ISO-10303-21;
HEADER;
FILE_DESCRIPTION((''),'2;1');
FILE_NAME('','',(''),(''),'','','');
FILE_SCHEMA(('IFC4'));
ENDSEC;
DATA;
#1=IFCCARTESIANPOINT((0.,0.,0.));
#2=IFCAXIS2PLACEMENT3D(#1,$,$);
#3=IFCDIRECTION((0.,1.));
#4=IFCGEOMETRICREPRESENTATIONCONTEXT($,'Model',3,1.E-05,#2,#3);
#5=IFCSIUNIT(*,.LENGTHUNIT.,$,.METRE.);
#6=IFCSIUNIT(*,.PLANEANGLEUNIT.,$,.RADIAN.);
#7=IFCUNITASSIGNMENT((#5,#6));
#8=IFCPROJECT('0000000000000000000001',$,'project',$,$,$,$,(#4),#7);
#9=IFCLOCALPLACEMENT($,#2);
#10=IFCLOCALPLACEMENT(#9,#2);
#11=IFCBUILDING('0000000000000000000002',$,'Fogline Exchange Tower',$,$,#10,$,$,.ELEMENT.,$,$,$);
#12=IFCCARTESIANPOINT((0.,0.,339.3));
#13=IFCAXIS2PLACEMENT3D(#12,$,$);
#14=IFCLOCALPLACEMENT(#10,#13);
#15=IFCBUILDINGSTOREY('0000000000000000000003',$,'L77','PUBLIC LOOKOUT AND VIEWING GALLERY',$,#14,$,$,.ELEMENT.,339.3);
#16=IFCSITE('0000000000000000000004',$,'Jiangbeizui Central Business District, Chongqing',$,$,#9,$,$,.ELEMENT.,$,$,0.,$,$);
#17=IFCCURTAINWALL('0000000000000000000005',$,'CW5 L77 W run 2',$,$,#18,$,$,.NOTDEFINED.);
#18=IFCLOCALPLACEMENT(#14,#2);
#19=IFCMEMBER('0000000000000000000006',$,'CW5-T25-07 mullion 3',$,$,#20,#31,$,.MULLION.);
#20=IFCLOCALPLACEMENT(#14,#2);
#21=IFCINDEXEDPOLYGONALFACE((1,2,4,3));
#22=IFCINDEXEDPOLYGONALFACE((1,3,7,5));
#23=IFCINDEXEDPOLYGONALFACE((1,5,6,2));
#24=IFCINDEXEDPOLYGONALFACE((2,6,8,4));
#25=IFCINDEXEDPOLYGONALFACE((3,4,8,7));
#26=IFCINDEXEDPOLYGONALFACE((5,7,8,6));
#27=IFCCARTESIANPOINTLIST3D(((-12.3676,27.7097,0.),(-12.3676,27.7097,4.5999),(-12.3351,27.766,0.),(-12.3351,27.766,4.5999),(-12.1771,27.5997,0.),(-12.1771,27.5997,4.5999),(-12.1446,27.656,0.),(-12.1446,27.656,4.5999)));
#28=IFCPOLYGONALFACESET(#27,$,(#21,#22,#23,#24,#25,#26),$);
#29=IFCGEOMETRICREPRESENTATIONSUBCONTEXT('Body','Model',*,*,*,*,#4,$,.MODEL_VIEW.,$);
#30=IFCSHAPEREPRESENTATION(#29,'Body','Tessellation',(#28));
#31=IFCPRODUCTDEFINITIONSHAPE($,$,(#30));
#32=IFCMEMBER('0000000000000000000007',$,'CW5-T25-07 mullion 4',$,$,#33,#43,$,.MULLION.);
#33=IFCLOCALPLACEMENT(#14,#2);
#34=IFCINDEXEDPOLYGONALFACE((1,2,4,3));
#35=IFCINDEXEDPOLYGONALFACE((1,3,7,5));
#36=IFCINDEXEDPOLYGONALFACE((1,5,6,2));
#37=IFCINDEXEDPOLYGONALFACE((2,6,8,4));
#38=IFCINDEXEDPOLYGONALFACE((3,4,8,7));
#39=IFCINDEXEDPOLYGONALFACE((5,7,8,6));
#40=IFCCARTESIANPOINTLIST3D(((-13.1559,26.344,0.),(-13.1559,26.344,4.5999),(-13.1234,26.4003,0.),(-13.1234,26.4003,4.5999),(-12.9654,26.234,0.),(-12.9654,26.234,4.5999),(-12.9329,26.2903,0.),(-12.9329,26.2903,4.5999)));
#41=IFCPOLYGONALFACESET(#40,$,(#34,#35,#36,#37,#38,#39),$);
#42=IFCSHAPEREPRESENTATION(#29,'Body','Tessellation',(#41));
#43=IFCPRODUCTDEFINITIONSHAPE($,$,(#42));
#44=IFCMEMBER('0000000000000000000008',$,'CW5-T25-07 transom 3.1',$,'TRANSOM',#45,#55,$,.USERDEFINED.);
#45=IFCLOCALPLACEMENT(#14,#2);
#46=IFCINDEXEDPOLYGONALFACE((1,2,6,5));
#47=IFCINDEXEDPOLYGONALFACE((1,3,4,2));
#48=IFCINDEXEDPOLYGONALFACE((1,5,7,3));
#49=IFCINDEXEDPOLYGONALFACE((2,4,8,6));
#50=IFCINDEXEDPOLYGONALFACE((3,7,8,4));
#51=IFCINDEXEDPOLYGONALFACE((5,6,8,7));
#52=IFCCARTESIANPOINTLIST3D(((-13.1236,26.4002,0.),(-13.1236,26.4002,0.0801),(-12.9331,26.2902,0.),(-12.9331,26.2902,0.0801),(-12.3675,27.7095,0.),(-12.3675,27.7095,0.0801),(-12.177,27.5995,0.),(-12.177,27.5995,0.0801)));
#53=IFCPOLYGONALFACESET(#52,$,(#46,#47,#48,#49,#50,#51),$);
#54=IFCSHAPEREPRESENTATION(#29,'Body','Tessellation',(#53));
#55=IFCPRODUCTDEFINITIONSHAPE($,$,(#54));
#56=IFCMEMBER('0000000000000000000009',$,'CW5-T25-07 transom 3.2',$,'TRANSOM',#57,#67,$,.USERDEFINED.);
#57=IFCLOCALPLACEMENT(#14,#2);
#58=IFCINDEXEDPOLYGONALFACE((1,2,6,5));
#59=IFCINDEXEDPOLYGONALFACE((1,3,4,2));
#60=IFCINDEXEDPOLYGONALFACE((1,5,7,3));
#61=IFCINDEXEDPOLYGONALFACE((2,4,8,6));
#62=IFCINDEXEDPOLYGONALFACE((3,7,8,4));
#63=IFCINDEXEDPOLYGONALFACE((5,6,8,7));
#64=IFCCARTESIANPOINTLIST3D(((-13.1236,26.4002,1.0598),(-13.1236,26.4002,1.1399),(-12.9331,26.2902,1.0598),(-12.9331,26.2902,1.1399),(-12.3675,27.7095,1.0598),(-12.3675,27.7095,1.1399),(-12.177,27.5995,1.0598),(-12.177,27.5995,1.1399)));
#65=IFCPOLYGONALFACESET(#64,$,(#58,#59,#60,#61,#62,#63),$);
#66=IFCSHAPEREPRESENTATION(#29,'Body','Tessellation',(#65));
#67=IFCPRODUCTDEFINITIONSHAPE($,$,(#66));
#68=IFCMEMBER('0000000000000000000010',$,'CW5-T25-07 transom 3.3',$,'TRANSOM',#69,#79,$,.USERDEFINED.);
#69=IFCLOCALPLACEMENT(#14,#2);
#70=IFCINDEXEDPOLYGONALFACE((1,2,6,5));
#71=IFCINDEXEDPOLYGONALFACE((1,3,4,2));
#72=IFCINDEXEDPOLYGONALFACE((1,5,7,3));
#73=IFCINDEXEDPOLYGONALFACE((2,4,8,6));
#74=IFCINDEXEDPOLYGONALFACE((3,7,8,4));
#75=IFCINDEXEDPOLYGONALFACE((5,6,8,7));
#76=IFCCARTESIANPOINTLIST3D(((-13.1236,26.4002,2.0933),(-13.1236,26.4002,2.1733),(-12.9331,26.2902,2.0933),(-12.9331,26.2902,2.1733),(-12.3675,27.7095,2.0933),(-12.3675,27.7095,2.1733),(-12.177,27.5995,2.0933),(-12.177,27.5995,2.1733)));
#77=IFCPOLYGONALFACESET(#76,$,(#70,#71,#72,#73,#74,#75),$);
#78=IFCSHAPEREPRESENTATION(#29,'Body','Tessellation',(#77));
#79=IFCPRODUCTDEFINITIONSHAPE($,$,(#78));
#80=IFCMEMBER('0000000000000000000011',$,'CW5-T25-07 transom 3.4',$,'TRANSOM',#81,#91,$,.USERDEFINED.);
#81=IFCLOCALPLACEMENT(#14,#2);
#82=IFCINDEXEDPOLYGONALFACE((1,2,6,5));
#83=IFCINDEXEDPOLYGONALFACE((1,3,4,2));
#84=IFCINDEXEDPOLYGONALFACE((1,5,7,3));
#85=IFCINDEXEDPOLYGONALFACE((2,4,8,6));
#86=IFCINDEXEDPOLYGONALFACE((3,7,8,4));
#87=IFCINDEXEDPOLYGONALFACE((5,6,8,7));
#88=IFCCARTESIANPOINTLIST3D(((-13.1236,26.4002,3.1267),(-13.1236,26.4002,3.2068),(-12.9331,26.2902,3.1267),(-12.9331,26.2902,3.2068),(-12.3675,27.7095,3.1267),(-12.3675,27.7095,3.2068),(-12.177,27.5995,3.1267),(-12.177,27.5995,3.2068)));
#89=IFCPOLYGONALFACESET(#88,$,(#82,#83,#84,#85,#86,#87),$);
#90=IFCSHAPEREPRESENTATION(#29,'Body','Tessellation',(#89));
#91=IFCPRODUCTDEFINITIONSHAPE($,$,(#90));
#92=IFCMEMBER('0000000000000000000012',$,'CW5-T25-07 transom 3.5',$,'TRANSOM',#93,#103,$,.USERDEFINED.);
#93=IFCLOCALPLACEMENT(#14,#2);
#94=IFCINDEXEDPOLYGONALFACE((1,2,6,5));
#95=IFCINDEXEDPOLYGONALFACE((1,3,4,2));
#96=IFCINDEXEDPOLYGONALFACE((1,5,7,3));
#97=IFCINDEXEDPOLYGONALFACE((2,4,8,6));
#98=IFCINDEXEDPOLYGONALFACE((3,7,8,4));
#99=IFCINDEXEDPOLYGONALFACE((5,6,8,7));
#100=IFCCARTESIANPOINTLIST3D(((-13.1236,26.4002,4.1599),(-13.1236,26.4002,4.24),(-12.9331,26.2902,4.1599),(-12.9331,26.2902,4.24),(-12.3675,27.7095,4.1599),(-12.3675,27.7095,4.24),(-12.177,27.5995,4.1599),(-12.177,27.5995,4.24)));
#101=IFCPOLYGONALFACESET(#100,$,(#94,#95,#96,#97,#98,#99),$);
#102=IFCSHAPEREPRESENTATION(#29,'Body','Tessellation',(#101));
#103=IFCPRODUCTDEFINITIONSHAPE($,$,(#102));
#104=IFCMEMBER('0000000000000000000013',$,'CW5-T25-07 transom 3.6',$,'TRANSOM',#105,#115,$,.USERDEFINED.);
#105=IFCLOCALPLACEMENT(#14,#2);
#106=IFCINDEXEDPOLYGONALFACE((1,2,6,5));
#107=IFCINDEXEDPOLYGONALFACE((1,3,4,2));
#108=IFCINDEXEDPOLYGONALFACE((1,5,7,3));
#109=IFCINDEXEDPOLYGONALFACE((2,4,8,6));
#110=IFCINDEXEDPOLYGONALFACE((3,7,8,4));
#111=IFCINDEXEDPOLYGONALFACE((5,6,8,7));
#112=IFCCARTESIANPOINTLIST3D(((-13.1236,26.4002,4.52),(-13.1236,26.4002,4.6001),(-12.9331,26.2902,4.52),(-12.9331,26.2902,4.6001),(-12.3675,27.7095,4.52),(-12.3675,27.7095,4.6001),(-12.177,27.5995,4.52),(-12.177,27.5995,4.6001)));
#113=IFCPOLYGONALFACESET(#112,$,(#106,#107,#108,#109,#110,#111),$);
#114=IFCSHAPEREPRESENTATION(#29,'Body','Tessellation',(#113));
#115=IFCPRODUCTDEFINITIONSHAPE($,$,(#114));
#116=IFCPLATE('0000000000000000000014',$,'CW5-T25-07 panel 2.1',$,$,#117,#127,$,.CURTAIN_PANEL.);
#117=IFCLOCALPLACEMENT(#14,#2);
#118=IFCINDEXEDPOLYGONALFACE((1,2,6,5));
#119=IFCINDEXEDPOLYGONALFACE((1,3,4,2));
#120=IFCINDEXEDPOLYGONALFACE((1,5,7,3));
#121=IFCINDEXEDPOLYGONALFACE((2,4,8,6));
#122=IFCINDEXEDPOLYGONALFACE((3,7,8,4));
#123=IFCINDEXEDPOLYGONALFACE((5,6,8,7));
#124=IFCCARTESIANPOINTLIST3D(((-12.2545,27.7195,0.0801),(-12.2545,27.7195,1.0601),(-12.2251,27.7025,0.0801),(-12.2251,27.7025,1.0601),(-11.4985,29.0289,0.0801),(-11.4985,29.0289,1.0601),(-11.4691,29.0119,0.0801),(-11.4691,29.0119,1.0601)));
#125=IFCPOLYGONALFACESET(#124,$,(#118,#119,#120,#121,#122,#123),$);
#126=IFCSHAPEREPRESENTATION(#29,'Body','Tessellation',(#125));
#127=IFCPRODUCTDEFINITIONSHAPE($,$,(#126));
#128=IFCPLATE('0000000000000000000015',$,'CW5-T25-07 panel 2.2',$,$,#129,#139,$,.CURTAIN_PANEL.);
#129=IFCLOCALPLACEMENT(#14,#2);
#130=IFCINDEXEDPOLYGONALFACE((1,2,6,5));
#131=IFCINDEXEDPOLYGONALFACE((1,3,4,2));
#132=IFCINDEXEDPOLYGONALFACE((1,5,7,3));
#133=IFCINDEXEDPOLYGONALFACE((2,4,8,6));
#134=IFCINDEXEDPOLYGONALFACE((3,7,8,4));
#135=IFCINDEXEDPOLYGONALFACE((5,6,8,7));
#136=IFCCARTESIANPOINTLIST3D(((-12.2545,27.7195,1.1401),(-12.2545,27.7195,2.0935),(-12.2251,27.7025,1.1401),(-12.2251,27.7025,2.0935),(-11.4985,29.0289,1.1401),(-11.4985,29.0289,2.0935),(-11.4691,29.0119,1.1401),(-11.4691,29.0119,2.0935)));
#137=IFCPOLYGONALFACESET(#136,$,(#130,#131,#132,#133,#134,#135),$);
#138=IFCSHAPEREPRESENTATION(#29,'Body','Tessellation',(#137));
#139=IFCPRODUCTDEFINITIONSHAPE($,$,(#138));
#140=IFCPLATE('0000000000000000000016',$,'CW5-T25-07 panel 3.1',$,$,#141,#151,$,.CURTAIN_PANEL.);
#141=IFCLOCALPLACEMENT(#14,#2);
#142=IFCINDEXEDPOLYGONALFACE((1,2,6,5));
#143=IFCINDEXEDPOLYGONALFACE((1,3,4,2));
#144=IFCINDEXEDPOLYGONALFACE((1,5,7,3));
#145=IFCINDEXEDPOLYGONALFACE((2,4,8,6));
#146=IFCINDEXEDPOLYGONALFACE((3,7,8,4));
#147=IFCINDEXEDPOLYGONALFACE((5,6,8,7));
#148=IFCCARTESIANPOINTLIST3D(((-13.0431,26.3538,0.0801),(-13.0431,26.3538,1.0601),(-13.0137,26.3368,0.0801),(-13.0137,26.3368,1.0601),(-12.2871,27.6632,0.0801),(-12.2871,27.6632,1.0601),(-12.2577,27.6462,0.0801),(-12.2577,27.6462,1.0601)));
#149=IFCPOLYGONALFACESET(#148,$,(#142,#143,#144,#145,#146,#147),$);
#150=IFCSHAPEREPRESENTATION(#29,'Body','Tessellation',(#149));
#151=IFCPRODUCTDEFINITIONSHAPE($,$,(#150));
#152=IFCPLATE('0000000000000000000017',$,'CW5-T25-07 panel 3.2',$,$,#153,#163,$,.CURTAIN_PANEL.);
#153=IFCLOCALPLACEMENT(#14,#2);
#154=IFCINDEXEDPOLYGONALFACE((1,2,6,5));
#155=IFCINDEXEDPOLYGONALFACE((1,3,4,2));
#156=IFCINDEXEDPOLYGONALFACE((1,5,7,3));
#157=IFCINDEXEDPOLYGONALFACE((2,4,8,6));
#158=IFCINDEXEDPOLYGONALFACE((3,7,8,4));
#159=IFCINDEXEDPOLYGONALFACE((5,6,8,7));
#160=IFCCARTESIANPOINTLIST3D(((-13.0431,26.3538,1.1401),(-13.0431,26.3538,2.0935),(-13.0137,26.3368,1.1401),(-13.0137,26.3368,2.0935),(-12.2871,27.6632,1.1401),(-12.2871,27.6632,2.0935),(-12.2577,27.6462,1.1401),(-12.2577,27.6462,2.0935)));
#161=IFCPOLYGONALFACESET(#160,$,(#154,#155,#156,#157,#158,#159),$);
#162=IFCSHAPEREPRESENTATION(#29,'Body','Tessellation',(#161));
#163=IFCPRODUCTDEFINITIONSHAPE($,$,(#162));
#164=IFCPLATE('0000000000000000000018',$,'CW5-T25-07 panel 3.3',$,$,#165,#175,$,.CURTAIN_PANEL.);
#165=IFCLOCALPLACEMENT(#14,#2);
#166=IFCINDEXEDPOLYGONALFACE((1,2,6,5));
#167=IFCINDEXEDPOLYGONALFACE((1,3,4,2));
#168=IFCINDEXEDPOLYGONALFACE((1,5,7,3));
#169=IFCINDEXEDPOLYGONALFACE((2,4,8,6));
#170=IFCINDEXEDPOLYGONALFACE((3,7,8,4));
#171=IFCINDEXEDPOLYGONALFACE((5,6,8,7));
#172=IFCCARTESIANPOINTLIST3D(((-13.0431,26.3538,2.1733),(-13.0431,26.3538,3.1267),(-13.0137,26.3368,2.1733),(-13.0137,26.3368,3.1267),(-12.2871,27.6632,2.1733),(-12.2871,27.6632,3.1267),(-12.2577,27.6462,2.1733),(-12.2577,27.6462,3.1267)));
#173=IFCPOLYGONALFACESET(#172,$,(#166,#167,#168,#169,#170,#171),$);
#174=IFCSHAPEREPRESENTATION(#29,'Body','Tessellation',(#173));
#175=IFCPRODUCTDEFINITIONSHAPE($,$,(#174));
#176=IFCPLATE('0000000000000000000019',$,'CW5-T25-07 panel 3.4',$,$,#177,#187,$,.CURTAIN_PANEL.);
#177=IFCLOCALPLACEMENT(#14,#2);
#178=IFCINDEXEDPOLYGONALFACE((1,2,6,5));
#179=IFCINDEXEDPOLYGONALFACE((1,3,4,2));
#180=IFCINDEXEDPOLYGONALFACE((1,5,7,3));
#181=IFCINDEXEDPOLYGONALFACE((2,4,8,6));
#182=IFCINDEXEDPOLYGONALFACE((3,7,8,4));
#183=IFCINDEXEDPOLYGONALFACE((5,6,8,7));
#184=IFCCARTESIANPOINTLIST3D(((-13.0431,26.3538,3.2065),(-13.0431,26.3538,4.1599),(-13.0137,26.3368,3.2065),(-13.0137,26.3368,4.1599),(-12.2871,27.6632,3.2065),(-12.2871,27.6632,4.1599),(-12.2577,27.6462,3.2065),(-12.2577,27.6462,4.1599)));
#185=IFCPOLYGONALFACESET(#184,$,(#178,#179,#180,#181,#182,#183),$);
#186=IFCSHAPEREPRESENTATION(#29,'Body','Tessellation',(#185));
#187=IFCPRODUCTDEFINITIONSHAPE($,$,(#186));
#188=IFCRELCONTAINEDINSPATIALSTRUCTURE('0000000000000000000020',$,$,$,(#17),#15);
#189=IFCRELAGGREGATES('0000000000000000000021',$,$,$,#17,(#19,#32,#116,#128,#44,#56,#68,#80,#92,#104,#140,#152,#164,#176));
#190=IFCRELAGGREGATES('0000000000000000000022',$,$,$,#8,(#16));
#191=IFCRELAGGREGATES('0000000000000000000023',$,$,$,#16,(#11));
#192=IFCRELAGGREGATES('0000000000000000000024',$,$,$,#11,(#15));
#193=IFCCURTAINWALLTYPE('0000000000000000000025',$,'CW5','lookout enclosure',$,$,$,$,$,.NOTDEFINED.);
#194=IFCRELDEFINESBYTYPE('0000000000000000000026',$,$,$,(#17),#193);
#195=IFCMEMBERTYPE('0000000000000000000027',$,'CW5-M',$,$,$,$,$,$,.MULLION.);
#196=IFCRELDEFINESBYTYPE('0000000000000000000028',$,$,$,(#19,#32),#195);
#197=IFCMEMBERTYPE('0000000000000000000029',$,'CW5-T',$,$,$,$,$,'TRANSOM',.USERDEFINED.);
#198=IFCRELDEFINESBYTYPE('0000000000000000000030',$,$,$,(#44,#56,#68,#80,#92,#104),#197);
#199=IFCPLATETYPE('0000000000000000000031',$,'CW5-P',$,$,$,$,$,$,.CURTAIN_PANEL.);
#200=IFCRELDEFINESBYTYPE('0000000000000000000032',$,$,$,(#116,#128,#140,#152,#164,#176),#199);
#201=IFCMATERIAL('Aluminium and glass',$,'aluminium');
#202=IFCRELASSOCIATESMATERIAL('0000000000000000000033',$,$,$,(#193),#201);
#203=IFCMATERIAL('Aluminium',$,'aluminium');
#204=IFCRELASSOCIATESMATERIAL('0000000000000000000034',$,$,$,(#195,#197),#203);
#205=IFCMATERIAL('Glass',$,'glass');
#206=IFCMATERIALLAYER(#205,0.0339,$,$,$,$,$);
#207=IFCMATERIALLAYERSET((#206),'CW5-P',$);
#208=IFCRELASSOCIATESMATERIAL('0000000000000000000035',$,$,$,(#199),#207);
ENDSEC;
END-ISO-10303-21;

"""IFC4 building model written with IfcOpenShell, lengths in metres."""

from ifc_helpers import new_model, si_unit, direction, frame, origin, origin_2d, place, context, subcontext, project, spatial, rectangle, extrude, material, layer, layer_set, material_profile, profile_set, type_object, element, aggregate, save


model = new_model("IFC4")

# Units and contexts
model_context = context("Model", 3, precision=1e-05, world=origin(), true_north=direction((0.0, 1.0)))
body_context = subcontext(model_context, "Body", "Model", "MODEL_VIEW")
ifc_project = project(units=[si_unit("LENGTHUNIT", "METRE"), si_unit("PLANEANGLEUNIT", "RADIAN")], contexts=[model_context])

# Site, building, storey
site_placement = place(None, origin())
site = spatial("IfcSite", under=ifc_project, at=site_placement, Name="Jiangbeizui Central Business District, Chongqing", CompositionType="ELEMENT", RefElevation=0.0)
building_placement = place(site_placement, origin())
building = spatial("IfcBuilding", under=site, at=building_placement, Name="Fogline Exchange Tower", CompositionType="ELEMENT")
storey_placement = place(building_placement, frame((0.0, 0.0, 339.3)))
storey = spatial("IfcBuildingStorey", under=building, at=storey_placement, Name="L77", Description="PUBLIC LOOKOUT AND VIEWING GALLERY", CompositionType="ELEMENT", Elevation=339.3)

# Curtain wall, members, plates
ifc_material_1 = material(Name="Aluminium and glass", Category="aluminium")
curtain_wall_type = type_object("IfcCurtainWallType", Name="CW5", Description="lookout enclosure", PredefinedType="NOTDEFINED", material=ifc_material_1)
curtain_wall_placement = place(storey_placement, origin())
curtain_wall = element("IfcCurtainWall", 1, at=curtain_wall_placement, inside=storey, type_object=curtain_wall_type, Name="CW5 L77 W run 2", PredefinedType="NOTDEFINED")
ifc_material_2 = material(Name="Aluminium", Category="aluminium")
ifc_material_profile_1 = material_profile(ifc_material_2, rectangle(XDim=0.22, YDim=0.0649, at=origin_2d()), Name="Mullion 65x220")
ifc_profile_set_1 = profile_set([ifc_material_profile_1], Name="Aluminium")
member_type_1 = type_object("IfcMemberType", Name="CW5-M", PredefinedType="MULLION", material=ifc_profile_set_1)
member_1_placement = place(storey_placement, frame((-12.2561, 27.6829, 0.0), z_axis=(0.0, 0.0, 1.0), x_axis=(0.866025, -0.5, 0.0)))
member_1 = element("IfcMember", 2, at=member_1_placement, type_object=member_type_1, Name="CW5-T25-07 mullion 3", PredefinedType="MULLION", context=body_context, shape_type="SweptSolid", body=[
    extrude(rectangle(XDim=0.22, YDim=0.0649, at=origin_2d()), origin(), (0.0, 0.0, 1.0), 4.5999),
])
member_2_placement = place(storey_placement, frame((-13.0444, 26.3171, 0.0), z_axis=(0.0, 0.0, 1.0), x_axis=(0.866025, -0.5, 0.0)))
member_2 = element("IfcMember", 3, at=member_2_placement, type_object=member_type_1, Name="CW5-T25-07 mullion 4", PredefinedType="MULLION", context=body_context, shape_type="SweptSolid", body=[
    extrude(rectangle(XDim=0.22, YDim=0.0649, at=origin_2d()), origin(), (0.0, 0.0, 1.0), 4.5999),
])
ifc_material_profile_2 = material_profile(ifc_material_2, rectangle(XDim=0.22, YDim=0.0801, at=origin_2d()), Name="Transom 80x220")
ifc_profile_set_2 = profile_set([ifc_material_profile_2], Name="Aluminium")
member_type_2 = type_object("IfcMemberType", Name="CW5-T", ElementType="TRANSOM", PredefinedType="USERDEFINED", material=ifc_profile_set_2)
member_3_placement = place(storey_placement, frame((-12.2722, 27.6545, 0.04), z_axis=(-0.500081, -0.865979, 0.0), x_axis=(0.865979, -0.500081, 0.0)))
member_3 = element("IfcMember", 4, at=member_3_placement, type_object=member_type_2, Name="CW5-T25-07 transom 3.1", ObjectType="TRANSOM", PredefinedType="USERDEFINED", context=body_context, shape_type="SweptSolid", body=[
    extrude(rectangle(XDim=0.22, YDim=0.0801, at=origin_2d()), origin(), (0.0, 0.0, 1.0), 1.512),
])
member_4_placement = place(storey_placement, frame((-12.2722, 27.6545, 1.0999), z_axis=(-0.500081, -0.865979, 0.0), x_axis=(0.865979, -0.500081, 0.0)))
member_4 = element("IfcMember", 5, at=member_4_placement, type_object=member_type_2, Name="CW5-T25-07 transom 3.2", ObjectType="TRANSOM", PredefinedType="USERDEFINED", context=body_context, shape_type="SweptSolid", body=[
    extrude(rectangle(XDim=0.22, YDim=0.0801, at=origin_2d()), origin(), (0.0, 0.0, 1.0), 1.512),
])
member_5_placement = place(storey_placement, frame((-12.2722, 27.6545, 2.1333), z_axis=(-0.500081, -0.865979, 0.0), x_axis=(0.865979, -0.500081, 0.0)))
member_5 = element("IfcMember", 6, at=member_5_placement, type_object=member_type_2, Name="CW5-T25-07 transom 3.3", ObjectType="TRANSOM", PredefinedType="USERDEFINED", context=body_context, shape_type="SweptSolid", body=[
    extrude(rectangle(XDim=0.22, YDim=0.0801, at=origin_2d()), origin(), (0.0, 0.0, 1.0), 1.512),
])
member_6_placement = place(storey_placement, frame((-12.2722, 27.6545, 3.1667), z_axis=(-0.500081, -0.865979, 0.0), x_axis=(0.865979, -0.500081, 0.0)))
member_6 = element("IfcMember", 7, at=member_6_placement, type_object=member_type_2, Name="CW5-T25-07 transom 3.4", ObjectType="TRANSOM", PredefinedType="USERDEFINED", context=body_context, shape_type="SweptSolid", body=[
    extrude(rectangle(XDim=0.22, YDim=0.0801, at=origin_2d()), origin(), (0.0, 0.0, 1.0), 1.512),
])
member_7_placement = place(storey_placement, frame((-12.2722, 27.6545, 4.2), z_axis=(-0.500081, -0.865979, 0.0), x_axis=(0.865979, -0.500081, 0.0)))
member_7 = element("IfcMember", 8, at=member_7_placement, type_object=member_type_2, Name="CW5-T25-07 transom 3.5", ObjectType="TRANSOM", PredefinedType="USERDEFINED", context=body_context, shape_type="SweptSolid", body=[
    extrude(rectangle(XDim=0.22, YDim=0.0801, at=origin_2d()), origin(), (0.0, 0.0, 1.0), 1.512),
])
member_8_placement = place(storey_placement, frame((-12.2722, 27.6545, 4.5601), z_axis=(-0.500081, -0.865979, 0.0), x_axis=(0.865979, -0.500081, 0.0)))
member_8 = element("IfcMember", 9, at=member_8_placement, type_object=member_type_2, Name="CW5-T25-07 transom 3.6", ObjectType="TRANSOM", PredefinedType="USERDEFINED", context=body_context, shape_type="SweptSolid", body=[
    extrude(rectangle(XDim=0.22, YDim=0.0801, at=origin_2d()), origin(), (0.0, 0.0, 1.0), 1.512),
])
ifc_material_3 = material(Name="Glass", Category="glass")
ifc_layer_1 = layer(ifc_material_3, 0.0339)
ifc_layer_set_1 = layer_set([ifc_layer_1], Name="CW5-P")
plate_type = type_object("IfcPlateType", Name="CW5-P", PredefinedType="CURTAIN_PANEL", material=ifc_layer_set_1)
plate_1_placement = place(storey_placement, frame((-11.8618, 28.3657, 0.0801), z_axis=(0.0, 0.0, 1.0), x_axis=(-0.5, -0.866025, 0.0)))
plate_1 = element("IfcPlate", 10, at=plate_1_placement, type_object=plate_type, Name="CW5-T25-07 panel 2.1", PredefinedType="CURTAIN_PANEL", context=body_context, shape_type="SweptSolid", body=[
    extrude(rectangle(XDim=1.512, YDim=0.0339, at=origin_2d()), origin(), (0.0, 0.0, 1.0), 0.98),
])
plate_2_placement = place(storey_placement, frame((-11.8618, 28.3657, 1.1401), z_axis=(0.0, 0.0, 1.0), x_axis=(-0.5, -0.866025, 0.0)))
plate_2 = element("IfcPlate", 11, at=plate_2_placement, type_object=plate_type, Name="CW5-T25-07 panel 2.2", PredefinedType="CURTAIN_PANEL", context=body_context, shape_type="SweptSolid", body=[
    extrude(rectangle(XDim=1.512, YDim=0.0339, at=origin_2d()), origin(), (0.0, 0.0, 1.0), 0.9534),
])
plate_3_placement = place(storey_placement, frame((-12.6504, 27.0, 0.0801), z_axis=(0.0, 0.0, 1.0), x_axis=(-0.5, -0.866025, 0.0)))
plate_3 = element("IfcPlate", 12, at=plate_3_placement, type_object=plate_type, Name="CW5-T25-07 panel 3.1", PredefinedType="CURTAIN_PANEL", context=body_context, shape_type="SweptSolid", body=[
    extrude(rectangle(XDim=1.512, YDim=0.0339, at=origin_2d()), origin(), (0.0, 0.0, 1.0), 0.98),
])
plate_4_placement = place(storey_placement, frame((-12.6504, 27.0, 1.1401), z_axis=(0.0, 0.0, 1.0), x_axis=(-0.5, -0.866025, 0.0)))
plate_4 = element("IfcPlate", 13, at=plate_4_placement, type_object=plate_type, Name="CW5-T25-07 panel 3.2", PredefinedType="CURTAIN_PANEL", context=body_context, shape_type="SweptSolid", body=[
    extrude(rectangle(XDim=1.512, YDim=0.0339, at=origin_2d()), origin(), (0.0, 0.0, 1.0), 0.9534),
])
plate_5_placement = place(storey_placement, frame((-12.6504, 27.0, 2.1733), z_axis=(0.0, 0.0, 1.0), x_axis=(-0.5, -0.866025, 0.0)))
plate_5 = element("IfcPlate", 14, at=plate_5_placement, type_object=plate_type, Name="CW5-T25-07 panel 3.3", PredefinedType="CURTAIN_PANEL", context=body_context, shape_type="SweptSolid", body=[
    extrude(rectangle(XDim=1.512, YDim=0.0339, at=origin_2d()), origin(), (0.0, 0.0, 1.0), 0.9534),
])
plate_6_placement = place(storey_placement, frame((-12.6504, 27.0, 3.2065), z_axis=(0.0, 0.0, 1.0), x_axis=(-0.5, -0.866025, 0.0)))
plate_6 = element("IfcPlate", 15, at=plate_6_placement, type_object=plate_type, Name="CW5-T25-07 panel 3.4", PredefinedType="CURTAIN_PANEL", context=body_context, shape_type="SweptSolid", body=[
    extrude(rectangle(XDim=1.512, YDim=0.0339, at=origin_2d()), origin(), (0.0, 0.0, 1.0), 0.9534),
])
aggregate(curtain_wall, [member_1, member_2, plate_1, plate_2, member_3, member_4, member_5, member_6, member_7, member_8, plate_3, plate_4, plate_5, plate_6])

save(model, "model.ifc")
